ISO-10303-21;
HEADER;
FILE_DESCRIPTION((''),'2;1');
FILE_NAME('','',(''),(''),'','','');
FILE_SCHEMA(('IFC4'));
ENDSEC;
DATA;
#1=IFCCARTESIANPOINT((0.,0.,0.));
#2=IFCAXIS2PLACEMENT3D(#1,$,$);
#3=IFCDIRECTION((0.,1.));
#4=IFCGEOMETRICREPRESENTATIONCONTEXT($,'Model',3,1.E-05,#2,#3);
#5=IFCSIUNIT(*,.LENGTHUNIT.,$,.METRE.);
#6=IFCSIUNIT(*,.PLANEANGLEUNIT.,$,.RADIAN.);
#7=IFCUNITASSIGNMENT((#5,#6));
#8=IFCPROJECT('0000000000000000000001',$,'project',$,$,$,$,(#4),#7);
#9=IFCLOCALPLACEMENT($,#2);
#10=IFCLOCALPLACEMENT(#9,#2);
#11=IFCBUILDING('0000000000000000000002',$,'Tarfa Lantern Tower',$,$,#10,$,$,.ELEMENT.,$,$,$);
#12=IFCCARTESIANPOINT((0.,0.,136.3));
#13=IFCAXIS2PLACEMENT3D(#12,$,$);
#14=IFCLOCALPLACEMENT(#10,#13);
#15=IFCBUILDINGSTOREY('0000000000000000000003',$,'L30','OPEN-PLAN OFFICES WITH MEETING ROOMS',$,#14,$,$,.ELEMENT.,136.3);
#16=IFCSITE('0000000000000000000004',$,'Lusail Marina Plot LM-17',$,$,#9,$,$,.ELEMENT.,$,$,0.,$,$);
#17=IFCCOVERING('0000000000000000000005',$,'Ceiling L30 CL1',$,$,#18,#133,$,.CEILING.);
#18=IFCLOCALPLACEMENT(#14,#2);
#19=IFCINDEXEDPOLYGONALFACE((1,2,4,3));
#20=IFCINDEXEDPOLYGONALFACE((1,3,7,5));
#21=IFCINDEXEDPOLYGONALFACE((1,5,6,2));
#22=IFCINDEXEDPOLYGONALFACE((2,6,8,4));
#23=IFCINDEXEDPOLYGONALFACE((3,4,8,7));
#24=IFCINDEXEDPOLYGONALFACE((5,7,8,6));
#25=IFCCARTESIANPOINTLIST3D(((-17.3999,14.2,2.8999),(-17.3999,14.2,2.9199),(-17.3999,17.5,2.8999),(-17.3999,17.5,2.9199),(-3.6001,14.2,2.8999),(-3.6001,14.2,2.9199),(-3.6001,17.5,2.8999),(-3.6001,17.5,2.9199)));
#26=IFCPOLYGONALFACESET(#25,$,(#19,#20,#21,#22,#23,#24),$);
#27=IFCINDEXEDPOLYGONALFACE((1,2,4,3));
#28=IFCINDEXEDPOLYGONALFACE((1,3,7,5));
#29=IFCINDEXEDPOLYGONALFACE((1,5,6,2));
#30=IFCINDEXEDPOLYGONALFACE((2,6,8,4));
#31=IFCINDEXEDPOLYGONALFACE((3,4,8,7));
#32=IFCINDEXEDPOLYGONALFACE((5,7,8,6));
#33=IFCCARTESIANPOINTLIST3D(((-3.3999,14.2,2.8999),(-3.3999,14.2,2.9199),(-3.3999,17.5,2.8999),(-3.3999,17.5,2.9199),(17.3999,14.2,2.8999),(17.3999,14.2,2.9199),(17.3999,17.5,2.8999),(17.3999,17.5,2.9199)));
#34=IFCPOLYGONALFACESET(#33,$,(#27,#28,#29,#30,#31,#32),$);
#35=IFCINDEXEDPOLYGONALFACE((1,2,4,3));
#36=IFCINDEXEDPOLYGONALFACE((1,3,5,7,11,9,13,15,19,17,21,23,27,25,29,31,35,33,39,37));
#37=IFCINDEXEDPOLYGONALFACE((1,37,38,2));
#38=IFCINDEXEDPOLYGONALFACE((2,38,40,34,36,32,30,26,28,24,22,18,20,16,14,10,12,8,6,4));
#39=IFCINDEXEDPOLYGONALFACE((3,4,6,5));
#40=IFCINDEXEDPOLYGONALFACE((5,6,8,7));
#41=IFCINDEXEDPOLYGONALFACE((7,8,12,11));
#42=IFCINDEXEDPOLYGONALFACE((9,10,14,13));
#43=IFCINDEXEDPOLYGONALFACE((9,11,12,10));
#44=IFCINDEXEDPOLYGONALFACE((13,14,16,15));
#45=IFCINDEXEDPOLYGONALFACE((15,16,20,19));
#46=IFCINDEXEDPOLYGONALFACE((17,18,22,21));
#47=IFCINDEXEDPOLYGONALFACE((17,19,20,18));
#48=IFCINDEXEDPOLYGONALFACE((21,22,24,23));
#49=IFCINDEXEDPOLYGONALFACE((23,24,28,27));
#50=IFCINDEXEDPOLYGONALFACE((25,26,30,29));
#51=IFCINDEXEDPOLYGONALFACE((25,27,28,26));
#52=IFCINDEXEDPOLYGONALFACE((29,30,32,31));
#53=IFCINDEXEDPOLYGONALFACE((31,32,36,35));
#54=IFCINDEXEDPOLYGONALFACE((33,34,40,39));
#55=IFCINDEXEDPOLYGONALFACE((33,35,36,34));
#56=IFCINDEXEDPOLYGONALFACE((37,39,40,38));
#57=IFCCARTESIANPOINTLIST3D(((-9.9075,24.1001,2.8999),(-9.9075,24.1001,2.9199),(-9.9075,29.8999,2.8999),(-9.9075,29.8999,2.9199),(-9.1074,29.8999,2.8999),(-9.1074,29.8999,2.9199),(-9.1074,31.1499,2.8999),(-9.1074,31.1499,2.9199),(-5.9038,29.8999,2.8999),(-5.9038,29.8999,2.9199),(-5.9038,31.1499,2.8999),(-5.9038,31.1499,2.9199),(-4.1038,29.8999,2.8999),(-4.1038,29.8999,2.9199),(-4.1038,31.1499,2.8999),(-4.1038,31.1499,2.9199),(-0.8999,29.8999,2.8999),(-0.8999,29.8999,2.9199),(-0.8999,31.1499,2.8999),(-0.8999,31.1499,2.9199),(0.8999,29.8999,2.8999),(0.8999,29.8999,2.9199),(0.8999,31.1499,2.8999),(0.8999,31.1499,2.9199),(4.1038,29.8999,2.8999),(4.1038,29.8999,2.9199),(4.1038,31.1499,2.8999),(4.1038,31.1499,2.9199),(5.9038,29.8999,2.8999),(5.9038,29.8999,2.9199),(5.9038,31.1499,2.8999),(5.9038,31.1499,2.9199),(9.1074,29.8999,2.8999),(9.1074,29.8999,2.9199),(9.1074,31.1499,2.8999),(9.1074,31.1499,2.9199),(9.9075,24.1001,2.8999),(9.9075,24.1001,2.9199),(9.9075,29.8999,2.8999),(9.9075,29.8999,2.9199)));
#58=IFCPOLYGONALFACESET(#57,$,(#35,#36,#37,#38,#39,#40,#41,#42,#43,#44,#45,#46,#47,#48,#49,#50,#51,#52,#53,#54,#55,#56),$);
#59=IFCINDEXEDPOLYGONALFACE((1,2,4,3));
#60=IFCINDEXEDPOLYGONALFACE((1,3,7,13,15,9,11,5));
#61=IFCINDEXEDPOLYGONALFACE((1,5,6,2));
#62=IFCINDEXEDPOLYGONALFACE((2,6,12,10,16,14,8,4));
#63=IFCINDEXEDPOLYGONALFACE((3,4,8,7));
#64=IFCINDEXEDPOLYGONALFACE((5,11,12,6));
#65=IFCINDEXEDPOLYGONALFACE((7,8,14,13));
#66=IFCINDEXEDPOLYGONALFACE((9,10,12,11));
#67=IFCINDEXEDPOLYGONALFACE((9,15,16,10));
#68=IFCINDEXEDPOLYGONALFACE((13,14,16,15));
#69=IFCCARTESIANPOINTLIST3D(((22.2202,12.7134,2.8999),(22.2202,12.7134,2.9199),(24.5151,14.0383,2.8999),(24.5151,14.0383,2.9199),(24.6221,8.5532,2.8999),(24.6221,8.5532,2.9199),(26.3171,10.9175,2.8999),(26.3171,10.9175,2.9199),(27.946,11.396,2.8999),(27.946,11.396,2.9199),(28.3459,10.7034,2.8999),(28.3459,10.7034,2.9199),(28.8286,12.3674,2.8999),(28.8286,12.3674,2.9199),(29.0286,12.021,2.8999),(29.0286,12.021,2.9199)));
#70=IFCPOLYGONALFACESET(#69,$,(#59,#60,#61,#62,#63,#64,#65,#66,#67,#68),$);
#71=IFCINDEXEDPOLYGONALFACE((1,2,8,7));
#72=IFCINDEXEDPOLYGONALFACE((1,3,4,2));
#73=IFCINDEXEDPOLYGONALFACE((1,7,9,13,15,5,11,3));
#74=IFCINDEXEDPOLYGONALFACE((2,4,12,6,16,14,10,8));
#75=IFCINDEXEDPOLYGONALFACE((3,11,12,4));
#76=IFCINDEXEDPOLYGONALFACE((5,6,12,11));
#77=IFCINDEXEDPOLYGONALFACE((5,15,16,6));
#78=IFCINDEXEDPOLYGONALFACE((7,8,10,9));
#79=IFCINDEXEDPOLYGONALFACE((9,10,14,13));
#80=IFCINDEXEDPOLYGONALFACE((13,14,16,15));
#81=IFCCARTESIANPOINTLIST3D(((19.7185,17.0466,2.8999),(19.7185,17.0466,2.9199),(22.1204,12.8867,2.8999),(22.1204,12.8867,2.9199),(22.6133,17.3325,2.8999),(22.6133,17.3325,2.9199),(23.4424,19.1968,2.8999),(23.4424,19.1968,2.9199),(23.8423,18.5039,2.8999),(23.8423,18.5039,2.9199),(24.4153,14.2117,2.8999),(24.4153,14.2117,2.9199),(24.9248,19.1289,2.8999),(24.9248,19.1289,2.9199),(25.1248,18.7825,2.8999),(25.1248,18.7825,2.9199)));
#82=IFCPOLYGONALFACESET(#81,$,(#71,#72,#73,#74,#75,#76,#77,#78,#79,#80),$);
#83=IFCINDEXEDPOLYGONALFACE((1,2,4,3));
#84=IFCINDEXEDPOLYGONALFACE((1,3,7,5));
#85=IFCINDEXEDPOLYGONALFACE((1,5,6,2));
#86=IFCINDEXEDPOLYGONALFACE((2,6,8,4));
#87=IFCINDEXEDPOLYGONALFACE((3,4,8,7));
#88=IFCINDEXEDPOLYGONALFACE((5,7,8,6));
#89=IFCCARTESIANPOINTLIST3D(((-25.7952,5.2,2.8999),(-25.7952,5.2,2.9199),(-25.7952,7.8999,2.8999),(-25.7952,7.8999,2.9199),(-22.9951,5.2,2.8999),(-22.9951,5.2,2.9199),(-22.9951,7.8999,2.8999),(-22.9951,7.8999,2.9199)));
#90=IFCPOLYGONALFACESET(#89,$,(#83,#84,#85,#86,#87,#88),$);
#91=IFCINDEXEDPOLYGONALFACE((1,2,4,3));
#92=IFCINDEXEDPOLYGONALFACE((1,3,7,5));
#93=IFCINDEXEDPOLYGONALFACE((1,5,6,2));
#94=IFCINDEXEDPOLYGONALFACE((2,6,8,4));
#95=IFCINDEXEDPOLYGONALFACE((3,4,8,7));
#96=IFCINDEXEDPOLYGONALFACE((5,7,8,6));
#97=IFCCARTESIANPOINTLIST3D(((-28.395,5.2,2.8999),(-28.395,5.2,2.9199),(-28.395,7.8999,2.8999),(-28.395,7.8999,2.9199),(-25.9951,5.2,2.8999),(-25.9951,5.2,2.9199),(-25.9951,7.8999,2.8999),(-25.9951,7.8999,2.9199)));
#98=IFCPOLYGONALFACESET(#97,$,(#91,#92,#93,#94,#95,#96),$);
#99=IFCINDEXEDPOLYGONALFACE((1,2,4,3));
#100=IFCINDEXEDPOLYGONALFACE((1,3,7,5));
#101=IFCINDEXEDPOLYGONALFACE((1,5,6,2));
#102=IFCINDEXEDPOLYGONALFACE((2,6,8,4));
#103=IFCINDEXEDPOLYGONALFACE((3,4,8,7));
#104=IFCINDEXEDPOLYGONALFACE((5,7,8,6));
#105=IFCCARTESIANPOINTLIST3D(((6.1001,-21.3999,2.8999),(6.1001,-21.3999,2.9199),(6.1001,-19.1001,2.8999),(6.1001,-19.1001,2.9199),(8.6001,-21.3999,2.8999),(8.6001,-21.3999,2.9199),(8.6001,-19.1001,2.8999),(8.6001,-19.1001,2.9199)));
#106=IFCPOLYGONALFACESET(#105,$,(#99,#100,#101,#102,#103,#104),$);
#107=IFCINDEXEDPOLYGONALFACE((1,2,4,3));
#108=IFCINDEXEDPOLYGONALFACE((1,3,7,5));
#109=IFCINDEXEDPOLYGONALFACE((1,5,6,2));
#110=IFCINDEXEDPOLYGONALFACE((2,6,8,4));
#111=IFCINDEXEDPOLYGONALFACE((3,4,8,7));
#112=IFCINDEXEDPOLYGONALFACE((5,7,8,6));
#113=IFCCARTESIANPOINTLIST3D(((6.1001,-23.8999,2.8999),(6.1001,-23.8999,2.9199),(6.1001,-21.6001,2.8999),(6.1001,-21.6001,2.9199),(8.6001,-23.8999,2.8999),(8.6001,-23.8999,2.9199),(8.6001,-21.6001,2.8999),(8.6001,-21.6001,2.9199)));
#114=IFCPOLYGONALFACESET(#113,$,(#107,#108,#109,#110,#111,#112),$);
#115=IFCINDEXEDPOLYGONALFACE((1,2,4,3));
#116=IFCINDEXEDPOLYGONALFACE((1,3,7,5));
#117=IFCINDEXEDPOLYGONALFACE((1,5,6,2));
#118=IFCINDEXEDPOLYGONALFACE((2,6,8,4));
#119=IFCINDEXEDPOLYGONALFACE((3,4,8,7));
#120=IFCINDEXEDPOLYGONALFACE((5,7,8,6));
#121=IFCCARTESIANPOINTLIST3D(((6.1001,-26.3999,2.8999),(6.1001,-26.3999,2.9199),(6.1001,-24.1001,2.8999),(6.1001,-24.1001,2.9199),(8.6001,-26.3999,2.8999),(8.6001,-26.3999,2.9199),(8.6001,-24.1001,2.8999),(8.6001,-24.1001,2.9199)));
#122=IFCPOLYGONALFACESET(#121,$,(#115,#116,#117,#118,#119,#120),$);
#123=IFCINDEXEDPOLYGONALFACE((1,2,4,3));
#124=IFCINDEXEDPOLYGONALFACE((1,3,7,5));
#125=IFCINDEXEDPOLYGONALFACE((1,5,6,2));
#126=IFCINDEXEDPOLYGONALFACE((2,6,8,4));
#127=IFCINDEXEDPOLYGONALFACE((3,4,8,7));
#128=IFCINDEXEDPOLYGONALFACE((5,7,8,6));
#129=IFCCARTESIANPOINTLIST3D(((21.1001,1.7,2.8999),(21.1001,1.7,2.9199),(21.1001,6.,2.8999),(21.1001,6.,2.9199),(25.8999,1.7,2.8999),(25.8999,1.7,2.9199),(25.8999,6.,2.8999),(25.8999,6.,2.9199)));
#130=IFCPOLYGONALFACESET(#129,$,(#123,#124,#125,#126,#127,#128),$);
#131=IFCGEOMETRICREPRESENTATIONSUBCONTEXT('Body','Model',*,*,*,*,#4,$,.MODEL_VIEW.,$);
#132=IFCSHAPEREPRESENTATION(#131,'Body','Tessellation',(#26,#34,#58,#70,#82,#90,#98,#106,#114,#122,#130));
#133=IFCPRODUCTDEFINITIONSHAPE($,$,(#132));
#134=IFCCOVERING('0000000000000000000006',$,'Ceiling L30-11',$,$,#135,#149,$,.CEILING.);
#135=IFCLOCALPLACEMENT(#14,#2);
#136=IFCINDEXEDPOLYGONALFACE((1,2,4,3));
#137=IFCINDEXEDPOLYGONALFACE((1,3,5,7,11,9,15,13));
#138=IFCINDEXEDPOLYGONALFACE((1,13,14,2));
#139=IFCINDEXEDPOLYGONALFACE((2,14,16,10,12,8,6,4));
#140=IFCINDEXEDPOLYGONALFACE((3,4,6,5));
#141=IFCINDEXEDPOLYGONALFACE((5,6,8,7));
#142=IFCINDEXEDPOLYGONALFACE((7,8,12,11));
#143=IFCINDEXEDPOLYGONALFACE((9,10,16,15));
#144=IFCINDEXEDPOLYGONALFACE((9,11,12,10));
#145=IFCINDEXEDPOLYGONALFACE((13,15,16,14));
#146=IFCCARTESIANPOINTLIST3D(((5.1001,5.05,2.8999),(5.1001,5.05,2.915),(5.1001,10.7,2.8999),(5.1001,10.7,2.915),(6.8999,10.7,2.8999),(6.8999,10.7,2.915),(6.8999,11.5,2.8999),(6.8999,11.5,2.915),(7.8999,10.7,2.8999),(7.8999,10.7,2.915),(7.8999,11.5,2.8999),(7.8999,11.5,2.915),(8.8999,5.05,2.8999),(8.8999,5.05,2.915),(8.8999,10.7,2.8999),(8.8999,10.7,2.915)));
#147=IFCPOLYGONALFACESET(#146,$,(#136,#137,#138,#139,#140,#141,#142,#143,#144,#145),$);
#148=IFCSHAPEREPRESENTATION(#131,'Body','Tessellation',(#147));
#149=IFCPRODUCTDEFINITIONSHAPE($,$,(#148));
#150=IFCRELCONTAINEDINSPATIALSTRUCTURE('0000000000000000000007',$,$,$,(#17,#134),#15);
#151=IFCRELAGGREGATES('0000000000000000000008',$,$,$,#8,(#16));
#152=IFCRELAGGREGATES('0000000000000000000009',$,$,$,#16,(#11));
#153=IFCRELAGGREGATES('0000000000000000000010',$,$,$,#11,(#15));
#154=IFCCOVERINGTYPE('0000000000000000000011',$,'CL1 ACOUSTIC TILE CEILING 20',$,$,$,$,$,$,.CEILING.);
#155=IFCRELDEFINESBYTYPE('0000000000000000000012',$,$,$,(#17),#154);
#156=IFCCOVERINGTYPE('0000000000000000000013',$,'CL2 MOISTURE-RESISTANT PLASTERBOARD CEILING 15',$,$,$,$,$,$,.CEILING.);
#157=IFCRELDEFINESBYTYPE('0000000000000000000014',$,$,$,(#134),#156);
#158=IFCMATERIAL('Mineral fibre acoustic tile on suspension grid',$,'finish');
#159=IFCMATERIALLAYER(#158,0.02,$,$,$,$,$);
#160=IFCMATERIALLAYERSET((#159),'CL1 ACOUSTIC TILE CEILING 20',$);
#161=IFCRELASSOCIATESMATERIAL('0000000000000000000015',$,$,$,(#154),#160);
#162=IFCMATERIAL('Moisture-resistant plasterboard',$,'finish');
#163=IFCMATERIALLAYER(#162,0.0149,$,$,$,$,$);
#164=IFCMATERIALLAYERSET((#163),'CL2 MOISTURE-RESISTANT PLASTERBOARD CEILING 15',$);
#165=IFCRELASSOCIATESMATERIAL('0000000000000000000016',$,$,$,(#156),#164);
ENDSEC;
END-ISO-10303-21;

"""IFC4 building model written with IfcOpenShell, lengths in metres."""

from ifc_helpers import new_model, si_unit, direction, frame, origin, place, context, subcontext, project, spatial, polyline, outline, extrude, material, layer, layer_set, type_object, element, save


model = new_model("IFC4")

# Units and contexts
model_context = context("Model", 3, precision=1e-05, world=origin(), true_north=direction((0.0, 1.0)))
body_context = subcontext(model_context, "Body", "Model", "MODEL_VIEW")
ifc_project = project(units=[si_unit("LENGTHUNIT", "METRE"), si_unit("PLANEANGLEUNIT", "RADIAN")], contexts=[model_context])

# Site, building, storey
site_placement = place(None, origin())
site = spatial("IfcSite", under=ifc_project, at=site_placement, Name="Lusail Marina Plot LM-17", CompositionType="ELEMENT", RefElevation=0.0)
building_placement = place(site_placement, origin())
building = spatial("IfcBuilding", under=site, at=building_placement, Name="Tarfa Lantern Tower", CompositionType="ELEMENT")
storey_placement = place(building_placement, frame((0.0, 0.0, 136.3)))
storey = spatial("IfcBuildingStorey", under=building, at=storey_placement, Name="L30", Description="OPEN-PLAN OFFICES WITH MEETING ROOMS", CompositionType="ELEMENT", Elevation=136.3)

# Coverings
ifc_material_1 = material(Name="Mineral fibre acoustic tile on suspension grid", Category="finish")
ifc_layer_1 = layer(ifc_material_1, 0.02)
ifc_layer_set_1 = layer_set([ifc_layer_1], Name="CL1 ACOUSTIC TILE CEILING 20")
covering_type_1 = type_object("IfcCoveringType", Name="CL1 ACOUSTIC TILE CEILING 20", PredefinedType="CEILING", material=ifc_layer_set_1)
covering_1_placement = place(storey_placement, frame((0.0, 0.0, 2.8999)))
element("IfcCovering", 1, at=covering_1_placement, inside=storey, type_object=covering_type_1, Name="Ceiling L30 CL1", PredefinedType="CEILING", context=body_context, shape_type="SweptSolid", body=[
    extrude(outline(polyline([(-17.3999, 17.5), (-3.6001, 17.5), (-3.6001, 14.2), (-17.3999, 14.2), (-17.3999, 17.5)])), origin(), (0.0, 0.0, 1.0), 0.02),
    extrude(outline(polyline([(-3.3999, 17.5), (17.3999, 17.5), (17.3999, 14.2), (-3.3999, 14.2), (-3.3999, 17.5)])), origin(), (0.0, 0.0, 1.0), 0.02),
    extrude(outline(polyline([(9.9075, 24.1001), (-9.9075, 24.1001), (-9.9075, 29.8999), (-9.1074, 29.8999), (-9.1074, 31.1499), (-5.9038, 31.1499), (-5.9038, 29.8999), (-4.1038, 29.8999), (-4.1038, 31.1499), (-0.8999, 31.1499), (-0.8999, 29.8999), (0.8999, 29.8999), (0.8999, 31.1499), (4.1038, 31.1499), (4.1038, 29.8999), (5.9038, 29.8999), (5.9038, 31.1499), (9.1074, 31.1499), (9.1074, 29.8999), (9.9075, 29.8999), (9.9075, 24.1001)])), origin(), (0.0, 0.0, 1.0), 0.02),
    extrude(outline(polyline([(24.6221, 8.5532), (22.2202, 12.7134), (24.5151, 14.0383), (26.3171, 10.9175), (28.8286, 12.3674), (29.0286, 12.021), (27.946, 11.396), (28.3459, 10.7034), (24.6221, 8.5532)])), origin(), (0.0, 0.0, 1.0), 0.02),
    extrude(outline(polyline([(19.7185, 17.0466), (23.4424, 19.1968), (23.8423, 18.5039), (24.9248, 19.1289), (25.1248, 18.7825), (22.6133, 17.3325), (24.4153, 14.2117), (22.1204, 12.8867), (19.7185, 17.0466)])), origin(), (0.0, 0.0, 1.0), 0.02),
    extrude(outline(polyline([(-25.7952, 5.2), (-25.7952, 7.8999), (-22.9951, 7.8999), (-22.9951, 5.2), (-25.7952, 5.2)])), origin(), (0.0, 0.0, 1.0), 0.02),
    extrude(outline(polyline([(-28.395, 5.2), (-28.395, 7.8999), (-25.9951, 7.8999), (-25.9951, 5.2), (-28.395, 5.2)])), origin(), (0.0, 0.0, 1.0), 0.02),
    extrude(outline(polyline([(6.1001, -21.3999), (6.1001, -19.1001), (8.6001, -19.1001), (8.6001, -21.3999), (6.1001, -21.3999)])), origin(), (0.0, 0.0, 1.0), 0.02),
    extrude(outline(polyline([(6.1001, -23.8999), (6.1001, -21.6001), (8.6001, -21.6001), (8.6001, -23.8999), (6.1001, -23.8999)])), origin(), (0.0, 0.0, 1.0), 0.02),
    extrude(outline(polyline([(6.1001, -26.3999), (6.1001, -24.1001), (8.6001, -24.1001), (8.6001, -26.3999), (6.1001, -26.3999)])), origin(), (0.0, 0.0, 1.0), 0.02),
    extrude(outline(polyline([(21.1001, 6.0), (25.8999, 6.0), (25.8999, 1.7), (21.1001, 1.7), (21.1001, 6.0)])), origin(), (0.0, 0.0, 1.0), 0.02),
])
ifc_material_2 = material(Name="Moisture-resistant plasterboard", Category="finish")
ifc_layer_2 = layer(ifc_material_2, 0.0149)
ifc_layer_set_2 = layer_set([ifc_layer_2], Name="CL2 MOISTURE-RESISTANT PLASTERBOARD CEILING 15")
covering_type_2 = type_object("IfcCoveringType", Name="CL2 MOISTURE-RESISTANT PLASTERBOARD CEILING 15", PredefinedType="CEILING", material=ifc_layer_set_2)
covering_2_placement = place(storey_placement, frame((0.0, 0.0, 2.8999)))
element("IfcCovering", 2, at=covering_2_placement, inside=storey, type_object=covering_type_2, Name="Ceiling L30-11", PredefinedType="CEILING", context=body_context, shape_type="SweptSolid", body=[
    extrude(outline(polyline([(5.1001, 5.05), (8.8999, 5.05), (8.8999, 10.7), (7.8999, 10.7), (7.8999, 11.5), (6.8999, 11.5), (6.8999, 10.7), (5.1001, 10.7), (5.1001, 5.05)])), origin(), (0.0, 0.0, 1.0), 0.0151),
])

save(model, "model.ifc")
